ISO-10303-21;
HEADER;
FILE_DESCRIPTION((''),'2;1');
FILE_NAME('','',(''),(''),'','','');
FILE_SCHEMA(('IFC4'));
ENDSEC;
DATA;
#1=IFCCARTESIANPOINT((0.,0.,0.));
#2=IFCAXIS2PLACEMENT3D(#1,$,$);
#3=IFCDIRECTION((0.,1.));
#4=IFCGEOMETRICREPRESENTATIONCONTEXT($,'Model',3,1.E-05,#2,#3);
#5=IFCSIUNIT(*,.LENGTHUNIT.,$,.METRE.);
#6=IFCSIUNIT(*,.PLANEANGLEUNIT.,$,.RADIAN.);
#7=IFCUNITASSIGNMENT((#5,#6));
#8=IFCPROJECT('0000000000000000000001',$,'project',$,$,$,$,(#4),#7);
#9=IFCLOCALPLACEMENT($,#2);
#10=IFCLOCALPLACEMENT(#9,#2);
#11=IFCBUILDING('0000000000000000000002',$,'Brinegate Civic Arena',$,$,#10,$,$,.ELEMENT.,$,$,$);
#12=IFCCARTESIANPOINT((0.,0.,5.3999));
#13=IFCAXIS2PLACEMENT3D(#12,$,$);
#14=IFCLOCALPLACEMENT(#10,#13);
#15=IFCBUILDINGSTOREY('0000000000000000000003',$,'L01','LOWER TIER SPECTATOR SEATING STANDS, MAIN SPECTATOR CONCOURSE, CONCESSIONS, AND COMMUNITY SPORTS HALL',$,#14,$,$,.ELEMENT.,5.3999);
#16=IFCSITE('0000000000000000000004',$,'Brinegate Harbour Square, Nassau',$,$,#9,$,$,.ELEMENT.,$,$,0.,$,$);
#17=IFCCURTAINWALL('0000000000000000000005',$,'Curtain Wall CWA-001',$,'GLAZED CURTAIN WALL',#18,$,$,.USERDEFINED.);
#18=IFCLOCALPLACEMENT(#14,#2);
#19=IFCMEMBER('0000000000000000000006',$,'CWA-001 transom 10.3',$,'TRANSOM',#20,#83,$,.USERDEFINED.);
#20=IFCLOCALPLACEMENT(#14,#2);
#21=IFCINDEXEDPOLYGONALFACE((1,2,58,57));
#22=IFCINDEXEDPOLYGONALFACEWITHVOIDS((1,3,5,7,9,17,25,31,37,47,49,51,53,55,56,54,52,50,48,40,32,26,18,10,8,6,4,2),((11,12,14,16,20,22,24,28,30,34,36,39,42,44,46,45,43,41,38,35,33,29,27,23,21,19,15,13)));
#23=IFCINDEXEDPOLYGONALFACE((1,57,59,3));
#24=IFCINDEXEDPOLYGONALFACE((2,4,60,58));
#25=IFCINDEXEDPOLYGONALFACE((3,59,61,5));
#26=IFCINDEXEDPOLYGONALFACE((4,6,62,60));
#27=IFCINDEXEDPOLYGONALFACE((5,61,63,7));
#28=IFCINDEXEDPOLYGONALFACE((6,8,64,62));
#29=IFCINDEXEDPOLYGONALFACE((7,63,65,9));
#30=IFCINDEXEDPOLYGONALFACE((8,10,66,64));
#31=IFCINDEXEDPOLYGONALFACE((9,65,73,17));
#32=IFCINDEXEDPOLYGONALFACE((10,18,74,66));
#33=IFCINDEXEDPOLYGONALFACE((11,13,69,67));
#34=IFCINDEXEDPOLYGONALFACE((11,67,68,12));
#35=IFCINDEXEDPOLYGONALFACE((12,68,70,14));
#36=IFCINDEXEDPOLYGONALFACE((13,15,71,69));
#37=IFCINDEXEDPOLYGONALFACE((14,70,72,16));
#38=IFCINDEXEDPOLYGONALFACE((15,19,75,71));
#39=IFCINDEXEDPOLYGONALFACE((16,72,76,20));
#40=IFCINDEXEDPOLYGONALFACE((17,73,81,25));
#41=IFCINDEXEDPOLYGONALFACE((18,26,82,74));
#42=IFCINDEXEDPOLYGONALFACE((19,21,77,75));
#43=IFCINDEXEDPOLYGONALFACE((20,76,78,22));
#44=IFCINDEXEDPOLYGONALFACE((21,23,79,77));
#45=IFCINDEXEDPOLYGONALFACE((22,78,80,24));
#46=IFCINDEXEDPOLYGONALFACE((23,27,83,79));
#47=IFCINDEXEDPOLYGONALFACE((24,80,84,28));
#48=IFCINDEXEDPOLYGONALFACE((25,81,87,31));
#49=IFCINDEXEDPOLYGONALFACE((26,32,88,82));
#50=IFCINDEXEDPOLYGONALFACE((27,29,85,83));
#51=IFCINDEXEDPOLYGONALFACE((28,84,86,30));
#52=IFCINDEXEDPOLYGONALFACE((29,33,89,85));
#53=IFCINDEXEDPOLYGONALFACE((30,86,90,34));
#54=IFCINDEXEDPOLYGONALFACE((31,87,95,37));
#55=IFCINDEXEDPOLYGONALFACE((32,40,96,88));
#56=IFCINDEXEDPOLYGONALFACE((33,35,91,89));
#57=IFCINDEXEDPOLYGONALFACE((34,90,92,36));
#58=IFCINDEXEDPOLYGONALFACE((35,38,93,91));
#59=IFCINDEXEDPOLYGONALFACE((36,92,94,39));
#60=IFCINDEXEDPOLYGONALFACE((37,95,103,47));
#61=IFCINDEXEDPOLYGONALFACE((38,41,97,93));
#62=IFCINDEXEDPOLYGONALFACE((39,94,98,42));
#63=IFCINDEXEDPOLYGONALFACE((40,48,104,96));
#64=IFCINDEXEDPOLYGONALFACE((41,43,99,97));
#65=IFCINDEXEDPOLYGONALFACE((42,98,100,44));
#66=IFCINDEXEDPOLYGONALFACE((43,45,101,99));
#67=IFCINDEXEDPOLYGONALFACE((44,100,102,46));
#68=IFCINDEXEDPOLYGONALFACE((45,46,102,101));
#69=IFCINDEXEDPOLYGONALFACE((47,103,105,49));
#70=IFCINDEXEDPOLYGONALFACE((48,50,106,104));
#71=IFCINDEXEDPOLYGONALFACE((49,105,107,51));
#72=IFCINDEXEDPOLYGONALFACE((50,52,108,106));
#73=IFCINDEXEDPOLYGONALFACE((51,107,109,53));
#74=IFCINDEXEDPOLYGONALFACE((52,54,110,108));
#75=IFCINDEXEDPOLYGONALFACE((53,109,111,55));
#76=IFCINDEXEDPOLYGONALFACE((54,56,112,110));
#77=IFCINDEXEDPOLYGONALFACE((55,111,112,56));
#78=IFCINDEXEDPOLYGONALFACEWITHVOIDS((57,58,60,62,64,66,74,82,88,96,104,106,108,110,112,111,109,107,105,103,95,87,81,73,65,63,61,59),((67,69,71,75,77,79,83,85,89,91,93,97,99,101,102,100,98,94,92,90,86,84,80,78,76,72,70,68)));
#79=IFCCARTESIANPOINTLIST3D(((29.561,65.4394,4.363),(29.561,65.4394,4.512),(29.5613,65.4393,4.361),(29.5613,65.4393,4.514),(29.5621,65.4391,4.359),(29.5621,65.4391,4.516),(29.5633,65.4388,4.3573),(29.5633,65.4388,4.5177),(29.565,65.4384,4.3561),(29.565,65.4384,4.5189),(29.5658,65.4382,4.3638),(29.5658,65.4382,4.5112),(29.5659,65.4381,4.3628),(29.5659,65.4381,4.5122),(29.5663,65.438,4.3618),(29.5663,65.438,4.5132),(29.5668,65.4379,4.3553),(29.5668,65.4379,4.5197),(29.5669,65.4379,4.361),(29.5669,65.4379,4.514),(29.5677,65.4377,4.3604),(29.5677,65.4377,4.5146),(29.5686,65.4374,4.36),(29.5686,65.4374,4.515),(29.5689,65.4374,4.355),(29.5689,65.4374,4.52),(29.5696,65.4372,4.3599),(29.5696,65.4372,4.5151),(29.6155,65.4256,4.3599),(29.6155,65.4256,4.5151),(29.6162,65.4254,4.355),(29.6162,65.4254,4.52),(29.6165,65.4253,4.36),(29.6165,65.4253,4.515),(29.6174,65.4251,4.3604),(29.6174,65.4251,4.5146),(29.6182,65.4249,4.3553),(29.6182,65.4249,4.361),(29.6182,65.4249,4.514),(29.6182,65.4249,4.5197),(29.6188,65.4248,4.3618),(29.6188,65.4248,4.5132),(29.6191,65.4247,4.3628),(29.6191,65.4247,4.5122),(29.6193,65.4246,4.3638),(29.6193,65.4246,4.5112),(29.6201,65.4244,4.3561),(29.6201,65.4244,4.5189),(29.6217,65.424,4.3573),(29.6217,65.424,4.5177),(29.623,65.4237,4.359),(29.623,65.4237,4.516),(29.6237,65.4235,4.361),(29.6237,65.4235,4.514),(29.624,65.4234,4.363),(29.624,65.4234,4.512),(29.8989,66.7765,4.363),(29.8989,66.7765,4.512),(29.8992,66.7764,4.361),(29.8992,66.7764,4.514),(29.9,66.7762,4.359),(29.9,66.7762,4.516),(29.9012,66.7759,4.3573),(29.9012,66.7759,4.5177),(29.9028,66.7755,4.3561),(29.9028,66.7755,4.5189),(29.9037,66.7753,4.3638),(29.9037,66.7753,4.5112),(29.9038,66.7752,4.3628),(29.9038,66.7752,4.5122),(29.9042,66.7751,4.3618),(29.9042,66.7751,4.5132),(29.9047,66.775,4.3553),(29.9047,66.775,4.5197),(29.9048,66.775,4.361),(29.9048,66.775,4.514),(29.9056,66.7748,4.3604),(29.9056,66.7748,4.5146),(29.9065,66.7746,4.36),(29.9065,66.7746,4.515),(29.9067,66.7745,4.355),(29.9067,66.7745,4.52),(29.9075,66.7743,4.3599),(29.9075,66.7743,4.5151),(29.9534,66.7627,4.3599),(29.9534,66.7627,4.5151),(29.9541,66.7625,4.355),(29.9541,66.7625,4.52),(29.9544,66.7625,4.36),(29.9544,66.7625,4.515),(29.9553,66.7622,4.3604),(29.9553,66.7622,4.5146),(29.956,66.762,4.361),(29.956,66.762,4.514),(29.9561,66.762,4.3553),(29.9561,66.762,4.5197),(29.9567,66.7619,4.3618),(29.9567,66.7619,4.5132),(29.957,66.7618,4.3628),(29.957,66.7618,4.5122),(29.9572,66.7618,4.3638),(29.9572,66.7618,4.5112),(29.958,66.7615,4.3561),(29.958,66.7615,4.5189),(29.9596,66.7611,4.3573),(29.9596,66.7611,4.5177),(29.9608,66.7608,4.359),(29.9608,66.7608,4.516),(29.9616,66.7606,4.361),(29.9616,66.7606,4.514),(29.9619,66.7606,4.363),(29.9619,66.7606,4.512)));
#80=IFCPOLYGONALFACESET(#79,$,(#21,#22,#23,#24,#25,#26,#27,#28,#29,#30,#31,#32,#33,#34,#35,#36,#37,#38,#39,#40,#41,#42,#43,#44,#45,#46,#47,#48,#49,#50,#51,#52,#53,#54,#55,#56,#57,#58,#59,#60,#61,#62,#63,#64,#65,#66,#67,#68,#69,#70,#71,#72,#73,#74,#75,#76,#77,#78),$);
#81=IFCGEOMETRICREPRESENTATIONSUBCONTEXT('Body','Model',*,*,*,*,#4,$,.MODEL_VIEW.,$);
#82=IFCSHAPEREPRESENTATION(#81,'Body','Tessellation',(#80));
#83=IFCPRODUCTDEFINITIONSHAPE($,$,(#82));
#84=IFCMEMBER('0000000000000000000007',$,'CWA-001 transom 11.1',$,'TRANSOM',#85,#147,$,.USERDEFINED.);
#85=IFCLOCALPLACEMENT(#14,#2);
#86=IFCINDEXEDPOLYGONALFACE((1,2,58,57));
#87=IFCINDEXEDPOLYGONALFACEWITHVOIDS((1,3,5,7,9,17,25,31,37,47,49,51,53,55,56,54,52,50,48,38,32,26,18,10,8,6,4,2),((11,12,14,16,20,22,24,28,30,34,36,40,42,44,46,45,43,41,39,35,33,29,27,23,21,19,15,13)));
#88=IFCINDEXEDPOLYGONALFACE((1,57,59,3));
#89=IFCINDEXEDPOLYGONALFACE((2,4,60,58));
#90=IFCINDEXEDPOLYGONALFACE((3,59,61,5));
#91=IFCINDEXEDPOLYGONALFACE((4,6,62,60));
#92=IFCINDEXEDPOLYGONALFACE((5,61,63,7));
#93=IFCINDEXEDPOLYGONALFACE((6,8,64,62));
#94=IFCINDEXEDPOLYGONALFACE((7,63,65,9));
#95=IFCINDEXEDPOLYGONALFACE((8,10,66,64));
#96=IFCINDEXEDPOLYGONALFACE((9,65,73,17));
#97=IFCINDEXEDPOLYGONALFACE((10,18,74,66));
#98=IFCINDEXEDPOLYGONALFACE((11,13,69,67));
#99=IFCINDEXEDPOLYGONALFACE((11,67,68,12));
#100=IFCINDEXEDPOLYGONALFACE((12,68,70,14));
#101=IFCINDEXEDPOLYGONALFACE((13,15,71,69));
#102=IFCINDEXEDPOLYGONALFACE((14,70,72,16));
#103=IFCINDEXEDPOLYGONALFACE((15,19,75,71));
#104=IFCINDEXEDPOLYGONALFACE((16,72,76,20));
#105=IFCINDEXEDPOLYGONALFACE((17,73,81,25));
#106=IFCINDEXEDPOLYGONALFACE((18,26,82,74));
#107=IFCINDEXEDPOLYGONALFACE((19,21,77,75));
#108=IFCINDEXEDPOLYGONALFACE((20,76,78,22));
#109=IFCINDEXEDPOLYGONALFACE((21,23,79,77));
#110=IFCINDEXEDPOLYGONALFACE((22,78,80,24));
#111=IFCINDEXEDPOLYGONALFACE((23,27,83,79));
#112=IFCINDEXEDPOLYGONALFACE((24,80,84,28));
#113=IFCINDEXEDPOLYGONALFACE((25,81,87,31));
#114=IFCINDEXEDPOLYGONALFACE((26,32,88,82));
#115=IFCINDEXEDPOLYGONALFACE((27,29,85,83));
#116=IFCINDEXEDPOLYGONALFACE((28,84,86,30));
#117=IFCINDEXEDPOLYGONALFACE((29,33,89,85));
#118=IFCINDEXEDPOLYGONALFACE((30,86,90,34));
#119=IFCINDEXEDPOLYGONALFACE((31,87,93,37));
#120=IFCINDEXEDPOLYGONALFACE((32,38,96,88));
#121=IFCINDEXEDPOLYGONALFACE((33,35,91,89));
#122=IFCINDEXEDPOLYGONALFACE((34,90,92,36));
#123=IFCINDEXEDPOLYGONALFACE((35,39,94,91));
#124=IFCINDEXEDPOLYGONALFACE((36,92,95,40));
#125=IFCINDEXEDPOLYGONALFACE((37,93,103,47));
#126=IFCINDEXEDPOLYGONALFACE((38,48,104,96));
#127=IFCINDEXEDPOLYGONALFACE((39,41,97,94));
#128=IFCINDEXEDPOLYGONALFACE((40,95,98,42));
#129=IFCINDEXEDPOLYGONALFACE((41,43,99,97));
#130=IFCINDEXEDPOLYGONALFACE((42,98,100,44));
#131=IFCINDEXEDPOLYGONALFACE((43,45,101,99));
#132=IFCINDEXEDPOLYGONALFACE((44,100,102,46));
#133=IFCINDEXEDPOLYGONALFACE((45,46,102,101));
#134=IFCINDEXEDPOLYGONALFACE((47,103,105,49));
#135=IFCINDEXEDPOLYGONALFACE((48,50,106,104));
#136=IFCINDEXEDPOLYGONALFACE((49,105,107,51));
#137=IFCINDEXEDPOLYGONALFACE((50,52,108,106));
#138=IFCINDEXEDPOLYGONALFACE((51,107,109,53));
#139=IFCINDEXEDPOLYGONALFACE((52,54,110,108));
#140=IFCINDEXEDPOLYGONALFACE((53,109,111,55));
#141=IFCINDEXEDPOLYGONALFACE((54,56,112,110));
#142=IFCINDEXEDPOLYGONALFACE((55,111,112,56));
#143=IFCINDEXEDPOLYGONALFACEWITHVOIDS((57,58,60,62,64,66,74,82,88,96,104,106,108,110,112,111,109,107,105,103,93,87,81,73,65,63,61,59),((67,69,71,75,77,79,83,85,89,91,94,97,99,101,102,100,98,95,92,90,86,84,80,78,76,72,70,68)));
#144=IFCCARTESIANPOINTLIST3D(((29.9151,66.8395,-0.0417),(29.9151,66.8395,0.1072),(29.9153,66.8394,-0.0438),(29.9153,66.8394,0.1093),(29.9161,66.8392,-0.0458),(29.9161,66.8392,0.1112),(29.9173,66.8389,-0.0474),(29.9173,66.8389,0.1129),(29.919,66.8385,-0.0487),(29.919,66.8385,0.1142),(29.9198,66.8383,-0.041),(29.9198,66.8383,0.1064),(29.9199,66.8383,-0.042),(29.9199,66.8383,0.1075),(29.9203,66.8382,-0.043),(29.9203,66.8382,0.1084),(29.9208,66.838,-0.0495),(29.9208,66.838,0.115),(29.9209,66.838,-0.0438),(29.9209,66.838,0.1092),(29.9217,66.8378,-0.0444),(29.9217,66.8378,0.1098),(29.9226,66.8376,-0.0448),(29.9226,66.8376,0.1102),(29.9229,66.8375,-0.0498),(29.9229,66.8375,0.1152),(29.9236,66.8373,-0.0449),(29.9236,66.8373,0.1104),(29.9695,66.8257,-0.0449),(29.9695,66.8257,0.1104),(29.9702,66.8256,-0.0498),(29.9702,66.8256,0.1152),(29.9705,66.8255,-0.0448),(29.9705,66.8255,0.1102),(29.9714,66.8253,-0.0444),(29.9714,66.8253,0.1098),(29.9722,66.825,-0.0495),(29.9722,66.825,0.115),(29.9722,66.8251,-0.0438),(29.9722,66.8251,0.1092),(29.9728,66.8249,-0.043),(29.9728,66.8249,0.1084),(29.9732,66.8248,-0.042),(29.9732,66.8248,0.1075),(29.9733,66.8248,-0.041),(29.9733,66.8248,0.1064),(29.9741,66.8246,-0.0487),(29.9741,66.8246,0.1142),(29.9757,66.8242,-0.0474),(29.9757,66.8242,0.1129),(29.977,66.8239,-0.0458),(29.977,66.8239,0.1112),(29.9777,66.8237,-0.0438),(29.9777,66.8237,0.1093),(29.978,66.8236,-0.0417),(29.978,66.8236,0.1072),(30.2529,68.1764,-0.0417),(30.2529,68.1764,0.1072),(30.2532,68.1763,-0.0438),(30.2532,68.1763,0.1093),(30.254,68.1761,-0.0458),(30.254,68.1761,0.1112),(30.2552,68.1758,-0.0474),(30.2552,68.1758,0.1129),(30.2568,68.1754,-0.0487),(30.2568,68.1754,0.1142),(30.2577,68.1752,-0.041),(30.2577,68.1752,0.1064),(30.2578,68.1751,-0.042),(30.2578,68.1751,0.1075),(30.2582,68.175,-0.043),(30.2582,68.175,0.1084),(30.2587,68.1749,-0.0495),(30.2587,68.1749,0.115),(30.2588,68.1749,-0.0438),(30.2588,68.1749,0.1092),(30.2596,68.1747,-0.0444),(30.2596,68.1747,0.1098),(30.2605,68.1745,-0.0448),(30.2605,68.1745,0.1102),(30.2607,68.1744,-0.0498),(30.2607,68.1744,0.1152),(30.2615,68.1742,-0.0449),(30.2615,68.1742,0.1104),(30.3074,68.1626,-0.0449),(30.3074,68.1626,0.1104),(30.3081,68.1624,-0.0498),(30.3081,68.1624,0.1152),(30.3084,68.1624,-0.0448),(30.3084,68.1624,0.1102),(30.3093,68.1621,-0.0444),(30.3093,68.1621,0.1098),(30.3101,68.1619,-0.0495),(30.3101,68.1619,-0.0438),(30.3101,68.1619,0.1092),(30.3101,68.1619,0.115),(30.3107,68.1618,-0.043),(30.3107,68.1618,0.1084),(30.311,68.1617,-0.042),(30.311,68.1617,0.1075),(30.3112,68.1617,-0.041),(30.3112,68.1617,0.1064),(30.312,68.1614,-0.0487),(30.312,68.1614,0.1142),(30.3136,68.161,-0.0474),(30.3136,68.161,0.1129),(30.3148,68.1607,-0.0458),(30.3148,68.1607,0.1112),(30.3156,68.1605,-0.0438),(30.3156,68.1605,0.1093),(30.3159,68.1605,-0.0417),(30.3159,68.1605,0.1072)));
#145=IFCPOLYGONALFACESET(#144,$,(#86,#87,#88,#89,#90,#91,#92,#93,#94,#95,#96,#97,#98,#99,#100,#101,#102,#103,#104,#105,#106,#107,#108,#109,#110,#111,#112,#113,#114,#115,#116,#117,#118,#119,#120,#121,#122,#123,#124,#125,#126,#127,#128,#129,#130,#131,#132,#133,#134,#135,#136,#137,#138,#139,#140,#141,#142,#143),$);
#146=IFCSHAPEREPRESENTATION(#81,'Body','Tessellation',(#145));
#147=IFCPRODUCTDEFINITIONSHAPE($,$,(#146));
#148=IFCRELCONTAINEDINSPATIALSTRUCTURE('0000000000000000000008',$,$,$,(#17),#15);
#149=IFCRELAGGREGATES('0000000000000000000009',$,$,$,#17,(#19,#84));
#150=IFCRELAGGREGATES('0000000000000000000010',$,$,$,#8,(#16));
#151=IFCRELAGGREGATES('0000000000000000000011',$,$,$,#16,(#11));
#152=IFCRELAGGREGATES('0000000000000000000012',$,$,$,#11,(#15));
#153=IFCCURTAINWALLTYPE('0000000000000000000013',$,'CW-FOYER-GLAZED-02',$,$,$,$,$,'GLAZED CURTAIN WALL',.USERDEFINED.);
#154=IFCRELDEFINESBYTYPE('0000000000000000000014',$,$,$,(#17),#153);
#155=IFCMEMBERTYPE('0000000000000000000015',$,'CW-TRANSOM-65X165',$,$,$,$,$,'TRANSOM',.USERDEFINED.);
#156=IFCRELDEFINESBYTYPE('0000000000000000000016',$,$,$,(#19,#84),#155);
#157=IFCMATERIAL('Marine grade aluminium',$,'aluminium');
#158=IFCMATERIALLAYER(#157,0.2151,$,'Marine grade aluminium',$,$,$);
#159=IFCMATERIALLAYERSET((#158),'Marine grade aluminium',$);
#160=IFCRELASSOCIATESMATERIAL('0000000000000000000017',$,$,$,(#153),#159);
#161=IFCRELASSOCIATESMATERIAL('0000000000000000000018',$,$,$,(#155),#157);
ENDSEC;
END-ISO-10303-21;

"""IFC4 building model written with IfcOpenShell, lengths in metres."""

from ifc_helpers import new_model, si_unit, direction, frame, origin, origin_2d, place, context, subcontext, project, spatial, hollow_rectangle, extrude, material, layer, layer_set, material_profile, profile_set, type_object, element, aggregate, save


model = new_model("IFC4")

# Units and contexts
model_context = context("Model", 3, precision=1e-05, world=origin(), true_north=direction((0.0, 1.0)))
body_context = subcontext(model_context, "Body", "Model", "MODEL_VIEW")
ifc_project = project(units=[si_unit("LENGTHUNIT", "METRE"), si_unit("PLANEANGLEUNIT", "RADIAN")], contexts=[model_context])

# Site, building, storey
site_placement = place(None, origin())
site = spatial("IfcSite", under=ifc_project, at=site_placement, Name="Brinegate Harbour Square, Nassau", CompositionType="ELEMENT", RefElevation=0.0)
building_placement = place(site_placement, origin())
building = spatial("IfcBuilding", under=site, at=building_placement, Name="Brinegate Civic Arena", CompositionType="ELEMENT")
storey_placement = place(building_placement, frame((0.0, 0.0, 5.3999)))
storey = spatial("IfcBuildingStorey", under=building, at=storey_placement, Name="L01", Description="LOWER TIER SPECTATOR SEATING STANDS, MAIN SPECTATOR CONCOURSE, CONCESSIONS, AND COMMUNITY SPORTS HALL", CompositionType="ELEMENT", Elevation=5.3999)

# Curtain wall, members
ifc_material_1 = material(Name="Marine grade aluminium", Category="aluminium")
ifc_layer_1 = layer(ifc_material_1, 0.2151, Name="Marine grade aluminium")
ifc_layer_set_1 = layer_set([ifc_layer_1], Name="Marine grade aluminium")
curtain_wall_type = type_object("IfcCurtainWallType", Name="CW-FOYER-GLAZED-02", ElementType="GLAZED CURTAIN WALL", PredefinedType="USERDEFINED", material=ifc_layer_set_1)
curtain_wall_placement = place(storey_placement, origin())
curtain_wall = element("IfcCurtainWall", 1, at=curtain_wall_placement, inside=storey, type_object=curtain_wall_type, Name="Curtain Wall CWA-001", ObjectType="GLAZED CURTAIN WALL", PredefinedType="USERDEFINED")
ifc_material_profile_1 = material_profile(ifc_material_1, hollow_rectangle(XDim=0.0649, YDim=0.165, WallThickness=0.0049, InnerFilletRadius=0.0039, OuterFilletRadius=0.0081, at=origin_2d()), Name="TRN65X165")
ifc_profile_set_1 = profile_set([ifc_material_profile_1], Name="Marine grade aluminium")
member_type_1 = type_object("IfcMemberType", Name="CW-TRANSOM-65X165", ElementType="TRANSOM", PredefinedType="USERDEFINED", material=ifc_profile_set_1)
member_1_placement = place(storey_placement, frame((29.5925, 65.4314, 4.4375), z_axis=(0.244992, 0.969525, 0.0), x_axis=(-0.969525, 0.244992, 0.0)))
member_1 = element("IfcMember", 2, at=member_1_placement, type_object=member_type_1, Name="CWA-001 transom 10.3", ObjectType="TRANSOM", PredefinedType="USERDEFINED", context=body_context, shape_type="SweptSolid", body=[
    extrude(hollow_rectangle(XDim=0.0649, YDim=0.165, WallThickness=0.0049, InnerFilletRadius=0.0039, OuterFilletRadius=0.0081, at=origin_2d()), origin(), (0.0, 0.0, 1.0), 1.3792),
])
member_2_placement = place(storey_placement, frame((29.9465, 66.8315, 0.0327), z_axis=(0.245034, 0.969514, 0.0), x_axis=(-0.969514, 0.245034, 0.0)))
member_2 = element("IfcMember", 3, at=member_2_placement, type_object=member_type_1, Name="CWA-001 transom 11.1", ObjectType="TRANSOM", PredefinedType="USERDEFINED", context=body_context, shape_type="SweptSolid", body=[
    extrude(hollow_rectangle(XDim=0.0649, YDim=0.165, WallThickness=0.0049, InnerFilletRadius=0.0039, OuterFilletRadius=0.0081, at=origin_2d()), origin(), (0.0, 0.0, 1.0), 1.3789),
])
aggregate(curtain_wall, [member_1, member_2])

save(model, "model.ifc")
